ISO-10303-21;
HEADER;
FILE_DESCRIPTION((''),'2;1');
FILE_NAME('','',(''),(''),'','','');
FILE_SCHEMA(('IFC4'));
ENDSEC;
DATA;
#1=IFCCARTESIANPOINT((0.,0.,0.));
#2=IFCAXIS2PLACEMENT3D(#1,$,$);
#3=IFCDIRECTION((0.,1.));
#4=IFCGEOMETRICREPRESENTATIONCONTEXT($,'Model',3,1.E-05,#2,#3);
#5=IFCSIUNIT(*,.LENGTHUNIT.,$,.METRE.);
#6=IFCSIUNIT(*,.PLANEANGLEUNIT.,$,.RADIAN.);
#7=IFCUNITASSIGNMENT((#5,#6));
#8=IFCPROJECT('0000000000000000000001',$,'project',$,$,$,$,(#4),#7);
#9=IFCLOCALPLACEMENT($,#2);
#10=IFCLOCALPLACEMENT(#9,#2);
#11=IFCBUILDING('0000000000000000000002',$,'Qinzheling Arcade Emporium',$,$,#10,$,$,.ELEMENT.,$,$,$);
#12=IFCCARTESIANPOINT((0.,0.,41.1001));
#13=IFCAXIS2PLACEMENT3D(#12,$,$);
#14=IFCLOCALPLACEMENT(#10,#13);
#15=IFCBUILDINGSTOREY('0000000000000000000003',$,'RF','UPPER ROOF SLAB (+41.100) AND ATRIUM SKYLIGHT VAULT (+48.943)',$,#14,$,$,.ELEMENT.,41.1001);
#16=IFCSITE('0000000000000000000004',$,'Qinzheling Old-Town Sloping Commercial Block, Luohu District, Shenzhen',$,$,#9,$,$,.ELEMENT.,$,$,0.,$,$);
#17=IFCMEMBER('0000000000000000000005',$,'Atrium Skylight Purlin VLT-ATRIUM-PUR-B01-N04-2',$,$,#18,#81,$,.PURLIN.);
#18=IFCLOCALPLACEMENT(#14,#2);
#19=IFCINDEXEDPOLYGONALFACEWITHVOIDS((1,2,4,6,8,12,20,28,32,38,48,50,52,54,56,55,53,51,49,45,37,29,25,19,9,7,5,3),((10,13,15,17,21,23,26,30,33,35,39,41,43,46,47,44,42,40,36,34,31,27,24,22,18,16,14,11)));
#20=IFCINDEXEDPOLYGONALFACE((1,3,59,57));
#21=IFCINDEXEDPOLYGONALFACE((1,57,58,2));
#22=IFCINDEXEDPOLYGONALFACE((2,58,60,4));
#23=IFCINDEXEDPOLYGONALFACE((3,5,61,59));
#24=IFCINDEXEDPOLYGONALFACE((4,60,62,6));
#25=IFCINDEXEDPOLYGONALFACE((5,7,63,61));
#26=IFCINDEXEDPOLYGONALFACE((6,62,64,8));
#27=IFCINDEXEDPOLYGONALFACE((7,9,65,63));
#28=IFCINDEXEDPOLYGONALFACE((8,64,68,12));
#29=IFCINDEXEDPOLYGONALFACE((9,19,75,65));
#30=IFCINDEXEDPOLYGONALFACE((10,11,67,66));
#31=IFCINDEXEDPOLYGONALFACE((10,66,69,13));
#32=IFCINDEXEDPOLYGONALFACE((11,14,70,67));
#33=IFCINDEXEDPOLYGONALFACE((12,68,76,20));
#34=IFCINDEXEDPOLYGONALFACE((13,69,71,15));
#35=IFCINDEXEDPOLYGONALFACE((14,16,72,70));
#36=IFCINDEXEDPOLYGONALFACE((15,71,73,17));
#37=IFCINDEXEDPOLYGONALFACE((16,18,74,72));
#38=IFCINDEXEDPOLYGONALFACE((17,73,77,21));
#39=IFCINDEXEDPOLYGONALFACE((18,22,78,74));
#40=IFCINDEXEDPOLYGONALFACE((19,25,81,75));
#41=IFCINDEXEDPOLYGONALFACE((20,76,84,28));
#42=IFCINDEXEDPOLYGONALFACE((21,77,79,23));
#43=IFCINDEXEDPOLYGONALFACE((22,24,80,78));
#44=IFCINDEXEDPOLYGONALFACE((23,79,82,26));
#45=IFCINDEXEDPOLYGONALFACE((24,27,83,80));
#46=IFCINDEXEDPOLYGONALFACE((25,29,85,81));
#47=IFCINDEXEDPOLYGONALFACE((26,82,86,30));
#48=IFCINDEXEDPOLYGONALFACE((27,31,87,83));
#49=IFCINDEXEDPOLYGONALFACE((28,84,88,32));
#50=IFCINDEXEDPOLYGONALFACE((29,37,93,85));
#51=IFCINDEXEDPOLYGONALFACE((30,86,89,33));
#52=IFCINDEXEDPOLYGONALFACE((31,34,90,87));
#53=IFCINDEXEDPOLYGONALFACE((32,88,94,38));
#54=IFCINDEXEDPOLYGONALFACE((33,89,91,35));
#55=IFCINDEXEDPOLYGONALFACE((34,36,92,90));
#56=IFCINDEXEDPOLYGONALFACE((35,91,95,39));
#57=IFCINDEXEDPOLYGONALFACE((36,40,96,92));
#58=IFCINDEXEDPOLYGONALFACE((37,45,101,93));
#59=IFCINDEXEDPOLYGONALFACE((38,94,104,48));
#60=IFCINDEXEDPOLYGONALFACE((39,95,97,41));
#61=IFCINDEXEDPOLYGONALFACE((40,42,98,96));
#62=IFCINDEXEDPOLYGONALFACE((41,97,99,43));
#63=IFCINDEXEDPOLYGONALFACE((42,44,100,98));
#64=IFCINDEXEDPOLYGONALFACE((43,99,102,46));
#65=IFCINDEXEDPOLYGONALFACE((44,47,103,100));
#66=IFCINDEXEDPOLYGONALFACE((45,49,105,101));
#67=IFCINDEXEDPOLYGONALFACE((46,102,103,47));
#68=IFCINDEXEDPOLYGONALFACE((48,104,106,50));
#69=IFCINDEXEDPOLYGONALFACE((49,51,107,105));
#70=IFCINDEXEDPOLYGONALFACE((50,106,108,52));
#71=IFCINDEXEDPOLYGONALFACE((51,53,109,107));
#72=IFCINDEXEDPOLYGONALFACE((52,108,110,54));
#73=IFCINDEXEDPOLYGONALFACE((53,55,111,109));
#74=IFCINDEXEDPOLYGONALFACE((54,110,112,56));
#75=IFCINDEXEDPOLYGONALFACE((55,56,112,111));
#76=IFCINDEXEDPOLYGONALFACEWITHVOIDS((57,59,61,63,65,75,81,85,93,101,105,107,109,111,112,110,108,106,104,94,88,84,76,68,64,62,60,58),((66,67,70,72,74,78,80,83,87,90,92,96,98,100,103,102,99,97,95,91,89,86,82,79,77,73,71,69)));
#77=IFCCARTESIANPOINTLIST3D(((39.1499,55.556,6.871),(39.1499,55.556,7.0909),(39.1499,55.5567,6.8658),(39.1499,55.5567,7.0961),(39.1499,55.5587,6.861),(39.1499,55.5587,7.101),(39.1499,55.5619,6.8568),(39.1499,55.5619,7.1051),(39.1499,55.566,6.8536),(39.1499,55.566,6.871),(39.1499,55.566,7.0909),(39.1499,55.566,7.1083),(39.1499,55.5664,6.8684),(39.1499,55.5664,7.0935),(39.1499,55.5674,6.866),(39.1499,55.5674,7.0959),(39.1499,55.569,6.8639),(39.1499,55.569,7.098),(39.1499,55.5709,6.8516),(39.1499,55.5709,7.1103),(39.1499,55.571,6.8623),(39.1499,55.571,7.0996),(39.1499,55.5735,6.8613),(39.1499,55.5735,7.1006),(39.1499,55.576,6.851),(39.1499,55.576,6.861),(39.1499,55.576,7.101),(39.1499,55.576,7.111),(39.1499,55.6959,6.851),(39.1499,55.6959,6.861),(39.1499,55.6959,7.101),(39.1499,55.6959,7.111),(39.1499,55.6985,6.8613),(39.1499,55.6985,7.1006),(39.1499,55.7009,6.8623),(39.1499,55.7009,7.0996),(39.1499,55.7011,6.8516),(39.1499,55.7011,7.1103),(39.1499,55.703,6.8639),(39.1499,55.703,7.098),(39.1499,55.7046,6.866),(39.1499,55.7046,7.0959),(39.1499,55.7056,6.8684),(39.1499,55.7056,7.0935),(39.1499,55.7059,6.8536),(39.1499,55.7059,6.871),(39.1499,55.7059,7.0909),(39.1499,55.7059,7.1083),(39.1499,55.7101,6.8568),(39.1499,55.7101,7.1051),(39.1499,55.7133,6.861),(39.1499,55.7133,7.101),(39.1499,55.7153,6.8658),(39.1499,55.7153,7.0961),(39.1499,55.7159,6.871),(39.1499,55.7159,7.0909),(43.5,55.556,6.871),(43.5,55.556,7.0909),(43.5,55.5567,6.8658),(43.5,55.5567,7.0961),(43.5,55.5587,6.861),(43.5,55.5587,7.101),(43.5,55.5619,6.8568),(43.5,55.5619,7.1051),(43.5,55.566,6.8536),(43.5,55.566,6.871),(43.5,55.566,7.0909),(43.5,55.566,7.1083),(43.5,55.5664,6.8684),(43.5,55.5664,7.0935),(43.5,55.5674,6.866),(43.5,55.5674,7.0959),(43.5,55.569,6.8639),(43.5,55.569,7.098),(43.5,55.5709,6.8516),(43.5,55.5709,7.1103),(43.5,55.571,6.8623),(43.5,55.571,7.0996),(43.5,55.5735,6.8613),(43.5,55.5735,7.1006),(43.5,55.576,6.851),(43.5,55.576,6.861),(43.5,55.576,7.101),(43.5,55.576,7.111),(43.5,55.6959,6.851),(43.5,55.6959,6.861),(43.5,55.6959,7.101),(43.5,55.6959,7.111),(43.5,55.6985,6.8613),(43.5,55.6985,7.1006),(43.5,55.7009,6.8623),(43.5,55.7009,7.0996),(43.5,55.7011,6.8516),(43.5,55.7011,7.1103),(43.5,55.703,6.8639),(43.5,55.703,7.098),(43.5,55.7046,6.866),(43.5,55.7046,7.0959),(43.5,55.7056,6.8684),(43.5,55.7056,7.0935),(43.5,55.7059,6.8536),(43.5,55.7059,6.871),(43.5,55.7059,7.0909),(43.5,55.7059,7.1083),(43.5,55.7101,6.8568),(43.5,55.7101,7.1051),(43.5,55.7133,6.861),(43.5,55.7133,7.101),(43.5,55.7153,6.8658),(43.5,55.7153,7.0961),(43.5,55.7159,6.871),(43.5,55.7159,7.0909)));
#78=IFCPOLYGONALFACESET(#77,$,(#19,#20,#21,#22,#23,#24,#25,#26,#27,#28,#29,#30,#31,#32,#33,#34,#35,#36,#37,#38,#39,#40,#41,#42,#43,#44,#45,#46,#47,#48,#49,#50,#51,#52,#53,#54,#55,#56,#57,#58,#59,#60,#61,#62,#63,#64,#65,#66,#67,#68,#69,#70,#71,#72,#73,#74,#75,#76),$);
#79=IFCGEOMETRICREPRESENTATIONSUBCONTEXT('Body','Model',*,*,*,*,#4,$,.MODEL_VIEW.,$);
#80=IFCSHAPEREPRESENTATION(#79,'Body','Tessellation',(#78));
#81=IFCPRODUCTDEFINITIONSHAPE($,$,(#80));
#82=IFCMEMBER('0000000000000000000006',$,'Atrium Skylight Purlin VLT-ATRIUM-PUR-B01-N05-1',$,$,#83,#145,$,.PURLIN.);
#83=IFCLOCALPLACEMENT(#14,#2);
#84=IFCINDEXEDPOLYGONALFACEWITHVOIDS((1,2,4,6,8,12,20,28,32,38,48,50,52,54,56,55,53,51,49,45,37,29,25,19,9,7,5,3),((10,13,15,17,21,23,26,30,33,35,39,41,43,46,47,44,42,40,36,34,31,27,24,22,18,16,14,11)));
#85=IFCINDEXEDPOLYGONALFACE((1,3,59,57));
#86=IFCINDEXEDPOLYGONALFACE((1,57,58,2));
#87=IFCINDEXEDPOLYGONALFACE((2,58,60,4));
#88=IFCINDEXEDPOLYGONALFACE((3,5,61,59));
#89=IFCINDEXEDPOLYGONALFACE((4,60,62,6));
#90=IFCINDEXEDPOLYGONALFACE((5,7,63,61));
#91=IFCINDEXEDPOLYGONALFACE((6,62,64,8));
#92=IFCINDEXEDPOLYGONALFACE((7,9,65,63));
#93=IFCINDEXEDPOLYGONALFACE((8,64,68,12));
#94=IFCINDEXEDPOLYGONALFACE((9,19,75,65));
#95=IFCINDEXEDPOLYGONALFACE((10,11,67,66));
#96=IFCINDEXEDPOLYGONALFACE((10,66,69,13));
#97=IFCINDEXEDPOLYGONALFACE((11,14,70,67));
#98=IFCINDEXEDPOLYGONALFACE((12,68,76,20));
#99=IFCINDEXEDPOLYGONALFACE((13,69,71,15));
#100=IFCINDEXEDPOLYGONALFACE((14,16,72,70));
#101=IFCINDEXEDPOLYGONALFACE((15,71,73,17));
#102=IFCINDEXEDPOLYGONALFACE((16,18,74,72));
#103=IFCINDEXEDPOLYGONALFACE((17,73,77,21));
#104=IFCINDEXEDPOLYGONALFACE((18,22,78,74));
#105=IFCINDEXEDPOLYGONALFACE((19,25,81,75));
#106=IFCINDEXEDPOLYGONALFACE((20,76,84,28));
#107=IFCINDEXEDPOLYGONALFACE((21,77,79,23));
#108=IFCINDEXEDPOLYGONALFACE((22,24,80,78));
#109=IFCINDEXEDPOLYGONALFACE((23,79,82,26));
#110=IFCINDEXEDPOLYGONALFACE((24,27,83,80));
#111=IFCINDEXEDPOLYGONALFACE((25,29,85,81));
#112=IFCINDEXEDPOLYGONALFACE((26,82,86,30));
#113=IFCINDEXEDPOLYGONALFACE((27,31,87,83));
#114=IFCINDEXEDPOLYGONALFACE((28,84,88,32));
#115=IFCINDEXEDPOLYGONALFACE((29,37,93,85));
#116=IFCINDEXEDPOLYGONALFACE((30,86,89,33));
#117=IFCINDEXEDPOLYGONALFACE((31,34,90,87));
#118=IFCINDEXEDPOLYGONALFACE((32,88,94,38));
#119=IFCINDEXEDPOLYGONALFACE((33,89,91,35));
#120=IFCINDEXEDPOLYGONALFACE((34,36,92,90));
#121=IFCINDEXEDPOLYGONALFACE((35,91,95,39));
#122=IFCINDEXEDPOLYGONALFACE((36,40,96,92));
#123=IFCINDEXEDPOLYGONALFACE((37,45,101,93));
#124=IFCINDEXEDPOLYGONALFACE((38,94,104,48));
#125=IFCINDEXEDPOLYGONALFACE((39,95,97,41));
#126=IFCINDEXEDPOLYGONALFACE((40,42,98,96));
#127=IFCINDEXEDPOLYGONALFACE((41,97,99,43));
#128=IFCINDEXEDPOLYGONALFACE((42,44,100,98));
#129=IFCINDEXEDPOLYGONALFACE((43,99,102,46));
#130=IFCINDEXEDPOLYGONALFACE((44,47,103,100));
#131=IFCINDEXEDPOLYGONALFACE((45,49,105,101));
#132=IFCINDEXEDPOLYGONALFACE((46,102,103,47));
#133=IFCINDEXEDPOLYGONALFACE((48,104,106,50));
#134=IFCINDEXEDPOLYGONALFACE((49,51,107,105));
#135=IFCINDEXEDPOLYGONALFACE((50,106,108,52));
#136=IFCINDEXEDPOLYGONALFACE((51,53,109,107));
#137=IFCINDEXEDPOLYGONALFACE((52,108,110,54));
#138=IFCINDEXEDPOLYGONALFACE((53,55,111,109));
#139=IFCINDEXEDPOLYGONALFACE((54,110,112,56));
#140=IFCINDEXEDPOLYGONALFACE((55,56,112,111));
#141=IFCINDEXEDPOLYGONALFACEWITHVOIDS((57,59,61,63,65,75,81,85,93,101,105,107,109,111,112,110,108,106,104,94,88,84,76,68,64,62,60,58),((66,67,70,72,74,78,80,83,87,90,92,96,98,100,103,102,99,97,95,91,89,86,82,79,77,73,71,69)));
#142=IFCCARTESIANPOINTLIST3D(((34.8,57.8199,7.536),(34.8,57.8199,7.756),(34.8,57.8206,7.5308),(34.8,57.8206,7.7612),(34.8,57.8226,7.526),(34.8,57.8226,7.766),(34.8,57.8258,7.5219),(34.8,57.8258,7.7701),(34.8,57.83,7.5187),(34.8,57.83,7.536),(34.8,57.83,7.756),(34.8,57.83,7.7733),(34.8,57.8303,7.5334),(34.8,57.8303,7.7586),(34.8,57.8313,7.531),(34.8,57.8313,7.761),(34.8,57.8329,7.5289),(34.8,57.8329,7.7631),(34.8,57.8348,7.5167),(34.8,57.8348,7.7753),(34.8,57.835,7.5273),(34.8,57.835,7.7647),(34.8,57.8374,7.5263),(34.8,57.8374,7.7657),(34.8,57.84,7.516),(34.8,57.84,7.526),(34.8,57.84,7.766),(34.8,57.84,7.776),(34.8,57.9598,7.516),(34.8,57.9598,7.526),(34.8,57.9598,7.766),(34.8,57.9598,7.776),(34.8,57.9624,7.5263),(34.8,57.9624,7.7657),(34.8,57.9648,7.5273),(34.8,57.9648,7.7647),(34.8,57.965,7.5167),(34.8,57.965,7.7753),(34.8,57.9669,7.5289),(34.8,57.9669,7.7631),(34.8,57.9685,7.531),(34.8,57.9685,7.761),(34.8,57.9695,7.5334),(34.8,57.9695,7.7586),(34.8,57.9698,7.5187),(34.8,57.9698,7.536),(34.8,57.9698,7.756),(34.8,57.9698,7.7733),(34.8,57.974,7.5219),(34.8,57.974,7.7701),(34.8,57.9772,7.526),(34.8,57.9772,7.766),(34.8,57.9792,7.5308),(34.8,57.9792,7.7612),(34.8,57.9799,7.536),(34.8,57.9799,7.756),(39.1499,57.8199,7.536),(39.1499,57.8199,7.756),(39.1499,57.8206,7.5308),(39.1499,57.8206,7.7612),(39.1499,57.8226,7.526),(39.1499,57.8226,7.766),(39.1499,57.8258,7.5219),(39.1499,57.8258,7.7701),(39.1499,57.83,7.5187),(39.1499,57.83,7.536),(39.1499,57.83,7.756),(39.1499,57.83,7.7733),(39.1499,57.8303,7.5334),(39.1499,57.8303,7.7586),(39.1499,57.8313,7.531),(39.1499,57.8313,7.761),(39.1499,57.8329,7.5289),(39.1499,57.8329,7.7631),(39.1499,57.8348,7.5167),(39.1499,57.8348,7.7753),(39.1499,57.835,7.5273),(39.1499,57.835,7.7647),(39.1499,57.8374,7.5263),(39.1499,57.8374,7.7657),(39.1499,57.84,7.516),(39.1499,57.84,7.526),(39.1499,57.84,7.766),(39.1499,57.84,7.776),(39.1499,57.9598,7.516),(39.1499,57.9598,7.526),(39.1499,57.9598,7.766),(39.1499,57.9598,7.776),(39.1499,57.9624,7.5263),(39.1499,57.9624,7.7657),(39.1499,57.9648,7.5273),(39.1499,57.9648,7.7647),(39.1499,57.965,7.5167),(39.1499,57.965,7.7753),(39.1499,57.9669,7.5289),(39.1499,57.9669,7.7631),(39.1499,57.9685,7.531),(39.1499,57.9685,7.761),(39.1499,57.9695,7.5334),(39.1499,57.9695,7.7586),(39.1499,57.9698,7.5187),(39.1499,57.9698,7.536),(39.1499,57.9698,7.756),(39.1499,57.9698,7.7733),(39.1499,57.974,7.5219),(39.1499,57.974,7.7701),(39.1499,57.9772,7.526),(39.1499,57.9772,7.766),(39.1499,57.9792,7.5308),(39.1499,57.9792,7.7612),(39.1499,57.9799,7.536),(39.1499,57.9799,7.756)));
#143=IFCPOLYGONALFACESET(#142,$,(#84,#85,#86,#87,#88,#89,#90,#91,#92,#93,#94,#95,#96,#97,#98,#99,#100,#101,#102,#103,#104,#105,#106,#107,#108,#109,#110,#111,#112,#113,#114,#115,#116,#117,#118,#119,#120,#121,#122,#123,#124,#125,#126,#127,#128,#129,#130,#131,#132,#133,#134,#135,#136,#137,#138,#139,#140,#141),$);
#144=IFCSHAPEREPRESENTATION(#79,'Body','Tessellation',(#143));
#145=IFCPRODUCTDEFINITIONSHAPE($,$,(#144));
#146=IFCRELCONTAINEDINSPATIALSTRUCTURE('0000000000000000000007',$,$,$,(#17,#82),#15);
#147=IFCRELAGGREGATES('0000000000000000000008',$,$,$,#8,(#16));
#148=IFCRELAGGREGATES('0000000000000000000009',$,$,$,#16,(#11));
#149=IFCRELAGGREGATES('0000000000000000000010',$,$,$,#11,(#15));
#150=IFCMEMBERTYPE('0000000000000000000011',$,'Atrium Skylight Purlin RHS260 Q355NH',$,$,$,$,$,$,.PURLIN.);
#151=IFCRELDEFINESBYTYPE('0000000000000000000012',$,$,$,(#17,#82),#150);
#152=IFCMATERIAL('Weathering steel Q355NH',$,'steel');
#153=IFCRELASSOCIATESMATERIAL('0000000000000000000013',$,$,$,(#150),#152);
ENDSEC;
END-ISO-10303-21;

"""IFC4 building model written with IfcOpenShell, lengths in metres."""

from ifc_helpers import new_model, si_unit, direction, frame, origin, origin_2d, place, context, subcontext, project, spatial, hollow_rectangle, extrude, material, material_profile, profile_set, type_object, element, save


model = new_model("IFC4")

# Units and contexts
model_context = context("Model", 3, precision=1e-05, world=origin(), true_north=direction((0.0, 1.0)))
body_context = subcontext(model_context, "Body", "Model", "MODEL_VIEW")
ifc_project = project(units=[si_unit("LENGTHUNIT", "METRE"), si_unit("PLANEANGLEUNIT", "RADIAN")], contexts=[model_context])

# Site, building, storey
site_placement = place(None, origin())
site = spatial("IfcSite", under=ifc_project, at=site_placement, Name="Qinzheling Old-Town Sloping Commercial Block, Luohu District, Shenzhen", CompositionType="ELEMENT", RefElevation=0.0)
building_placement = place(site_placement, origin())
building = spatial("IfcBuilding", under=site, at=building_placement, Name="Qinzheling Arcade Emporium", CompositionType="ELEMENT")
storey_placement = place(building_placement, frame((0.0, 0.0, 41.1001)))
storey = spatial("IfcBuildingStorey", under=building, at=storey_placement, Name="RF", Description="UPPER ROOF SLAB (+41.100) AND ATRIUM SKYLIGHT VAULT (+48.943)", CompositionType="ELEMENT", Elevation=41.1001)

# Shared definitions
ifc_material_1 = material(Name="Weathering steel Q355NH", Category="steel")

# Members
ifc_material_profile_1 = material_profile(ifc_material_1, hollow_rectangle(XDim=0.1599, YDim=0.26, WallThickness=0.01, InnerFilletRadius=0.01, OuterFilletRadius=0.02, at=origin_2d()), Name="RHS 260x160x10", Category="steel")
ifc_profile_set_1 = profile_set([ifc_material_profile_1], Name="Weathering steel Q355NH")
member_type = type_object("IfcMemberType", Name="Atrium Skylight Purlin RHS260 Q355NH", PredefinedType="PURLIN", material=ifc_profile_set_1)
member_1_placement = place(storey_placement, frame((39.1499, 55.636, 6.981), z_axis=(1.0, 0.0, 0.0), x_axis=(0.0, 1.0, 0.0)))
element("IfcMember", 1, at=member_1_placement, inside=storey, type_object=member_type, Name="Atrium Skylight Purlin VLT-ATRIUM-PUR-B01-N04-2", PredefinedType="PURLIN", context=body_context, shape_type="SweptSolid", body=[
    extrude(hollow_rectangle(XDim=0.1599, YDim=0.26, WallThickness=0.01, InnerFilletRadius=0.01, OuterFilletRadius=0.02, at=origin_2d()), origin(), (0.0, 0.0, 1.0), 4.3501),
])
member_2_placement = place(storey_placement, frame((34.8, 57.8999, 7.646), z_axis=(1.0, 0.0, 0.0), x_axis=(0.0, 1.0, 0.0)))
element("IfcMember", 2, at=member_2_placement, inside=storey, type_object=member_type, Name="Atrium Skylight Purlin VLT-ATRIUM-PUR-B01-N05-1", PredefinedType="PURLIN", context=body_context, shape_type="SweptSolid", body=[
    extrude(hollow_rectangle(XDim=0.1599, YDim=0.26, WallThickness=0.01, InnerFilletRadius=0.01, OuterFilletRadius=0.02, at=origin_2d()), origin(), (0.0, 0.0, 1.0), 4.3499),
])

save(model, "model.ifc")
